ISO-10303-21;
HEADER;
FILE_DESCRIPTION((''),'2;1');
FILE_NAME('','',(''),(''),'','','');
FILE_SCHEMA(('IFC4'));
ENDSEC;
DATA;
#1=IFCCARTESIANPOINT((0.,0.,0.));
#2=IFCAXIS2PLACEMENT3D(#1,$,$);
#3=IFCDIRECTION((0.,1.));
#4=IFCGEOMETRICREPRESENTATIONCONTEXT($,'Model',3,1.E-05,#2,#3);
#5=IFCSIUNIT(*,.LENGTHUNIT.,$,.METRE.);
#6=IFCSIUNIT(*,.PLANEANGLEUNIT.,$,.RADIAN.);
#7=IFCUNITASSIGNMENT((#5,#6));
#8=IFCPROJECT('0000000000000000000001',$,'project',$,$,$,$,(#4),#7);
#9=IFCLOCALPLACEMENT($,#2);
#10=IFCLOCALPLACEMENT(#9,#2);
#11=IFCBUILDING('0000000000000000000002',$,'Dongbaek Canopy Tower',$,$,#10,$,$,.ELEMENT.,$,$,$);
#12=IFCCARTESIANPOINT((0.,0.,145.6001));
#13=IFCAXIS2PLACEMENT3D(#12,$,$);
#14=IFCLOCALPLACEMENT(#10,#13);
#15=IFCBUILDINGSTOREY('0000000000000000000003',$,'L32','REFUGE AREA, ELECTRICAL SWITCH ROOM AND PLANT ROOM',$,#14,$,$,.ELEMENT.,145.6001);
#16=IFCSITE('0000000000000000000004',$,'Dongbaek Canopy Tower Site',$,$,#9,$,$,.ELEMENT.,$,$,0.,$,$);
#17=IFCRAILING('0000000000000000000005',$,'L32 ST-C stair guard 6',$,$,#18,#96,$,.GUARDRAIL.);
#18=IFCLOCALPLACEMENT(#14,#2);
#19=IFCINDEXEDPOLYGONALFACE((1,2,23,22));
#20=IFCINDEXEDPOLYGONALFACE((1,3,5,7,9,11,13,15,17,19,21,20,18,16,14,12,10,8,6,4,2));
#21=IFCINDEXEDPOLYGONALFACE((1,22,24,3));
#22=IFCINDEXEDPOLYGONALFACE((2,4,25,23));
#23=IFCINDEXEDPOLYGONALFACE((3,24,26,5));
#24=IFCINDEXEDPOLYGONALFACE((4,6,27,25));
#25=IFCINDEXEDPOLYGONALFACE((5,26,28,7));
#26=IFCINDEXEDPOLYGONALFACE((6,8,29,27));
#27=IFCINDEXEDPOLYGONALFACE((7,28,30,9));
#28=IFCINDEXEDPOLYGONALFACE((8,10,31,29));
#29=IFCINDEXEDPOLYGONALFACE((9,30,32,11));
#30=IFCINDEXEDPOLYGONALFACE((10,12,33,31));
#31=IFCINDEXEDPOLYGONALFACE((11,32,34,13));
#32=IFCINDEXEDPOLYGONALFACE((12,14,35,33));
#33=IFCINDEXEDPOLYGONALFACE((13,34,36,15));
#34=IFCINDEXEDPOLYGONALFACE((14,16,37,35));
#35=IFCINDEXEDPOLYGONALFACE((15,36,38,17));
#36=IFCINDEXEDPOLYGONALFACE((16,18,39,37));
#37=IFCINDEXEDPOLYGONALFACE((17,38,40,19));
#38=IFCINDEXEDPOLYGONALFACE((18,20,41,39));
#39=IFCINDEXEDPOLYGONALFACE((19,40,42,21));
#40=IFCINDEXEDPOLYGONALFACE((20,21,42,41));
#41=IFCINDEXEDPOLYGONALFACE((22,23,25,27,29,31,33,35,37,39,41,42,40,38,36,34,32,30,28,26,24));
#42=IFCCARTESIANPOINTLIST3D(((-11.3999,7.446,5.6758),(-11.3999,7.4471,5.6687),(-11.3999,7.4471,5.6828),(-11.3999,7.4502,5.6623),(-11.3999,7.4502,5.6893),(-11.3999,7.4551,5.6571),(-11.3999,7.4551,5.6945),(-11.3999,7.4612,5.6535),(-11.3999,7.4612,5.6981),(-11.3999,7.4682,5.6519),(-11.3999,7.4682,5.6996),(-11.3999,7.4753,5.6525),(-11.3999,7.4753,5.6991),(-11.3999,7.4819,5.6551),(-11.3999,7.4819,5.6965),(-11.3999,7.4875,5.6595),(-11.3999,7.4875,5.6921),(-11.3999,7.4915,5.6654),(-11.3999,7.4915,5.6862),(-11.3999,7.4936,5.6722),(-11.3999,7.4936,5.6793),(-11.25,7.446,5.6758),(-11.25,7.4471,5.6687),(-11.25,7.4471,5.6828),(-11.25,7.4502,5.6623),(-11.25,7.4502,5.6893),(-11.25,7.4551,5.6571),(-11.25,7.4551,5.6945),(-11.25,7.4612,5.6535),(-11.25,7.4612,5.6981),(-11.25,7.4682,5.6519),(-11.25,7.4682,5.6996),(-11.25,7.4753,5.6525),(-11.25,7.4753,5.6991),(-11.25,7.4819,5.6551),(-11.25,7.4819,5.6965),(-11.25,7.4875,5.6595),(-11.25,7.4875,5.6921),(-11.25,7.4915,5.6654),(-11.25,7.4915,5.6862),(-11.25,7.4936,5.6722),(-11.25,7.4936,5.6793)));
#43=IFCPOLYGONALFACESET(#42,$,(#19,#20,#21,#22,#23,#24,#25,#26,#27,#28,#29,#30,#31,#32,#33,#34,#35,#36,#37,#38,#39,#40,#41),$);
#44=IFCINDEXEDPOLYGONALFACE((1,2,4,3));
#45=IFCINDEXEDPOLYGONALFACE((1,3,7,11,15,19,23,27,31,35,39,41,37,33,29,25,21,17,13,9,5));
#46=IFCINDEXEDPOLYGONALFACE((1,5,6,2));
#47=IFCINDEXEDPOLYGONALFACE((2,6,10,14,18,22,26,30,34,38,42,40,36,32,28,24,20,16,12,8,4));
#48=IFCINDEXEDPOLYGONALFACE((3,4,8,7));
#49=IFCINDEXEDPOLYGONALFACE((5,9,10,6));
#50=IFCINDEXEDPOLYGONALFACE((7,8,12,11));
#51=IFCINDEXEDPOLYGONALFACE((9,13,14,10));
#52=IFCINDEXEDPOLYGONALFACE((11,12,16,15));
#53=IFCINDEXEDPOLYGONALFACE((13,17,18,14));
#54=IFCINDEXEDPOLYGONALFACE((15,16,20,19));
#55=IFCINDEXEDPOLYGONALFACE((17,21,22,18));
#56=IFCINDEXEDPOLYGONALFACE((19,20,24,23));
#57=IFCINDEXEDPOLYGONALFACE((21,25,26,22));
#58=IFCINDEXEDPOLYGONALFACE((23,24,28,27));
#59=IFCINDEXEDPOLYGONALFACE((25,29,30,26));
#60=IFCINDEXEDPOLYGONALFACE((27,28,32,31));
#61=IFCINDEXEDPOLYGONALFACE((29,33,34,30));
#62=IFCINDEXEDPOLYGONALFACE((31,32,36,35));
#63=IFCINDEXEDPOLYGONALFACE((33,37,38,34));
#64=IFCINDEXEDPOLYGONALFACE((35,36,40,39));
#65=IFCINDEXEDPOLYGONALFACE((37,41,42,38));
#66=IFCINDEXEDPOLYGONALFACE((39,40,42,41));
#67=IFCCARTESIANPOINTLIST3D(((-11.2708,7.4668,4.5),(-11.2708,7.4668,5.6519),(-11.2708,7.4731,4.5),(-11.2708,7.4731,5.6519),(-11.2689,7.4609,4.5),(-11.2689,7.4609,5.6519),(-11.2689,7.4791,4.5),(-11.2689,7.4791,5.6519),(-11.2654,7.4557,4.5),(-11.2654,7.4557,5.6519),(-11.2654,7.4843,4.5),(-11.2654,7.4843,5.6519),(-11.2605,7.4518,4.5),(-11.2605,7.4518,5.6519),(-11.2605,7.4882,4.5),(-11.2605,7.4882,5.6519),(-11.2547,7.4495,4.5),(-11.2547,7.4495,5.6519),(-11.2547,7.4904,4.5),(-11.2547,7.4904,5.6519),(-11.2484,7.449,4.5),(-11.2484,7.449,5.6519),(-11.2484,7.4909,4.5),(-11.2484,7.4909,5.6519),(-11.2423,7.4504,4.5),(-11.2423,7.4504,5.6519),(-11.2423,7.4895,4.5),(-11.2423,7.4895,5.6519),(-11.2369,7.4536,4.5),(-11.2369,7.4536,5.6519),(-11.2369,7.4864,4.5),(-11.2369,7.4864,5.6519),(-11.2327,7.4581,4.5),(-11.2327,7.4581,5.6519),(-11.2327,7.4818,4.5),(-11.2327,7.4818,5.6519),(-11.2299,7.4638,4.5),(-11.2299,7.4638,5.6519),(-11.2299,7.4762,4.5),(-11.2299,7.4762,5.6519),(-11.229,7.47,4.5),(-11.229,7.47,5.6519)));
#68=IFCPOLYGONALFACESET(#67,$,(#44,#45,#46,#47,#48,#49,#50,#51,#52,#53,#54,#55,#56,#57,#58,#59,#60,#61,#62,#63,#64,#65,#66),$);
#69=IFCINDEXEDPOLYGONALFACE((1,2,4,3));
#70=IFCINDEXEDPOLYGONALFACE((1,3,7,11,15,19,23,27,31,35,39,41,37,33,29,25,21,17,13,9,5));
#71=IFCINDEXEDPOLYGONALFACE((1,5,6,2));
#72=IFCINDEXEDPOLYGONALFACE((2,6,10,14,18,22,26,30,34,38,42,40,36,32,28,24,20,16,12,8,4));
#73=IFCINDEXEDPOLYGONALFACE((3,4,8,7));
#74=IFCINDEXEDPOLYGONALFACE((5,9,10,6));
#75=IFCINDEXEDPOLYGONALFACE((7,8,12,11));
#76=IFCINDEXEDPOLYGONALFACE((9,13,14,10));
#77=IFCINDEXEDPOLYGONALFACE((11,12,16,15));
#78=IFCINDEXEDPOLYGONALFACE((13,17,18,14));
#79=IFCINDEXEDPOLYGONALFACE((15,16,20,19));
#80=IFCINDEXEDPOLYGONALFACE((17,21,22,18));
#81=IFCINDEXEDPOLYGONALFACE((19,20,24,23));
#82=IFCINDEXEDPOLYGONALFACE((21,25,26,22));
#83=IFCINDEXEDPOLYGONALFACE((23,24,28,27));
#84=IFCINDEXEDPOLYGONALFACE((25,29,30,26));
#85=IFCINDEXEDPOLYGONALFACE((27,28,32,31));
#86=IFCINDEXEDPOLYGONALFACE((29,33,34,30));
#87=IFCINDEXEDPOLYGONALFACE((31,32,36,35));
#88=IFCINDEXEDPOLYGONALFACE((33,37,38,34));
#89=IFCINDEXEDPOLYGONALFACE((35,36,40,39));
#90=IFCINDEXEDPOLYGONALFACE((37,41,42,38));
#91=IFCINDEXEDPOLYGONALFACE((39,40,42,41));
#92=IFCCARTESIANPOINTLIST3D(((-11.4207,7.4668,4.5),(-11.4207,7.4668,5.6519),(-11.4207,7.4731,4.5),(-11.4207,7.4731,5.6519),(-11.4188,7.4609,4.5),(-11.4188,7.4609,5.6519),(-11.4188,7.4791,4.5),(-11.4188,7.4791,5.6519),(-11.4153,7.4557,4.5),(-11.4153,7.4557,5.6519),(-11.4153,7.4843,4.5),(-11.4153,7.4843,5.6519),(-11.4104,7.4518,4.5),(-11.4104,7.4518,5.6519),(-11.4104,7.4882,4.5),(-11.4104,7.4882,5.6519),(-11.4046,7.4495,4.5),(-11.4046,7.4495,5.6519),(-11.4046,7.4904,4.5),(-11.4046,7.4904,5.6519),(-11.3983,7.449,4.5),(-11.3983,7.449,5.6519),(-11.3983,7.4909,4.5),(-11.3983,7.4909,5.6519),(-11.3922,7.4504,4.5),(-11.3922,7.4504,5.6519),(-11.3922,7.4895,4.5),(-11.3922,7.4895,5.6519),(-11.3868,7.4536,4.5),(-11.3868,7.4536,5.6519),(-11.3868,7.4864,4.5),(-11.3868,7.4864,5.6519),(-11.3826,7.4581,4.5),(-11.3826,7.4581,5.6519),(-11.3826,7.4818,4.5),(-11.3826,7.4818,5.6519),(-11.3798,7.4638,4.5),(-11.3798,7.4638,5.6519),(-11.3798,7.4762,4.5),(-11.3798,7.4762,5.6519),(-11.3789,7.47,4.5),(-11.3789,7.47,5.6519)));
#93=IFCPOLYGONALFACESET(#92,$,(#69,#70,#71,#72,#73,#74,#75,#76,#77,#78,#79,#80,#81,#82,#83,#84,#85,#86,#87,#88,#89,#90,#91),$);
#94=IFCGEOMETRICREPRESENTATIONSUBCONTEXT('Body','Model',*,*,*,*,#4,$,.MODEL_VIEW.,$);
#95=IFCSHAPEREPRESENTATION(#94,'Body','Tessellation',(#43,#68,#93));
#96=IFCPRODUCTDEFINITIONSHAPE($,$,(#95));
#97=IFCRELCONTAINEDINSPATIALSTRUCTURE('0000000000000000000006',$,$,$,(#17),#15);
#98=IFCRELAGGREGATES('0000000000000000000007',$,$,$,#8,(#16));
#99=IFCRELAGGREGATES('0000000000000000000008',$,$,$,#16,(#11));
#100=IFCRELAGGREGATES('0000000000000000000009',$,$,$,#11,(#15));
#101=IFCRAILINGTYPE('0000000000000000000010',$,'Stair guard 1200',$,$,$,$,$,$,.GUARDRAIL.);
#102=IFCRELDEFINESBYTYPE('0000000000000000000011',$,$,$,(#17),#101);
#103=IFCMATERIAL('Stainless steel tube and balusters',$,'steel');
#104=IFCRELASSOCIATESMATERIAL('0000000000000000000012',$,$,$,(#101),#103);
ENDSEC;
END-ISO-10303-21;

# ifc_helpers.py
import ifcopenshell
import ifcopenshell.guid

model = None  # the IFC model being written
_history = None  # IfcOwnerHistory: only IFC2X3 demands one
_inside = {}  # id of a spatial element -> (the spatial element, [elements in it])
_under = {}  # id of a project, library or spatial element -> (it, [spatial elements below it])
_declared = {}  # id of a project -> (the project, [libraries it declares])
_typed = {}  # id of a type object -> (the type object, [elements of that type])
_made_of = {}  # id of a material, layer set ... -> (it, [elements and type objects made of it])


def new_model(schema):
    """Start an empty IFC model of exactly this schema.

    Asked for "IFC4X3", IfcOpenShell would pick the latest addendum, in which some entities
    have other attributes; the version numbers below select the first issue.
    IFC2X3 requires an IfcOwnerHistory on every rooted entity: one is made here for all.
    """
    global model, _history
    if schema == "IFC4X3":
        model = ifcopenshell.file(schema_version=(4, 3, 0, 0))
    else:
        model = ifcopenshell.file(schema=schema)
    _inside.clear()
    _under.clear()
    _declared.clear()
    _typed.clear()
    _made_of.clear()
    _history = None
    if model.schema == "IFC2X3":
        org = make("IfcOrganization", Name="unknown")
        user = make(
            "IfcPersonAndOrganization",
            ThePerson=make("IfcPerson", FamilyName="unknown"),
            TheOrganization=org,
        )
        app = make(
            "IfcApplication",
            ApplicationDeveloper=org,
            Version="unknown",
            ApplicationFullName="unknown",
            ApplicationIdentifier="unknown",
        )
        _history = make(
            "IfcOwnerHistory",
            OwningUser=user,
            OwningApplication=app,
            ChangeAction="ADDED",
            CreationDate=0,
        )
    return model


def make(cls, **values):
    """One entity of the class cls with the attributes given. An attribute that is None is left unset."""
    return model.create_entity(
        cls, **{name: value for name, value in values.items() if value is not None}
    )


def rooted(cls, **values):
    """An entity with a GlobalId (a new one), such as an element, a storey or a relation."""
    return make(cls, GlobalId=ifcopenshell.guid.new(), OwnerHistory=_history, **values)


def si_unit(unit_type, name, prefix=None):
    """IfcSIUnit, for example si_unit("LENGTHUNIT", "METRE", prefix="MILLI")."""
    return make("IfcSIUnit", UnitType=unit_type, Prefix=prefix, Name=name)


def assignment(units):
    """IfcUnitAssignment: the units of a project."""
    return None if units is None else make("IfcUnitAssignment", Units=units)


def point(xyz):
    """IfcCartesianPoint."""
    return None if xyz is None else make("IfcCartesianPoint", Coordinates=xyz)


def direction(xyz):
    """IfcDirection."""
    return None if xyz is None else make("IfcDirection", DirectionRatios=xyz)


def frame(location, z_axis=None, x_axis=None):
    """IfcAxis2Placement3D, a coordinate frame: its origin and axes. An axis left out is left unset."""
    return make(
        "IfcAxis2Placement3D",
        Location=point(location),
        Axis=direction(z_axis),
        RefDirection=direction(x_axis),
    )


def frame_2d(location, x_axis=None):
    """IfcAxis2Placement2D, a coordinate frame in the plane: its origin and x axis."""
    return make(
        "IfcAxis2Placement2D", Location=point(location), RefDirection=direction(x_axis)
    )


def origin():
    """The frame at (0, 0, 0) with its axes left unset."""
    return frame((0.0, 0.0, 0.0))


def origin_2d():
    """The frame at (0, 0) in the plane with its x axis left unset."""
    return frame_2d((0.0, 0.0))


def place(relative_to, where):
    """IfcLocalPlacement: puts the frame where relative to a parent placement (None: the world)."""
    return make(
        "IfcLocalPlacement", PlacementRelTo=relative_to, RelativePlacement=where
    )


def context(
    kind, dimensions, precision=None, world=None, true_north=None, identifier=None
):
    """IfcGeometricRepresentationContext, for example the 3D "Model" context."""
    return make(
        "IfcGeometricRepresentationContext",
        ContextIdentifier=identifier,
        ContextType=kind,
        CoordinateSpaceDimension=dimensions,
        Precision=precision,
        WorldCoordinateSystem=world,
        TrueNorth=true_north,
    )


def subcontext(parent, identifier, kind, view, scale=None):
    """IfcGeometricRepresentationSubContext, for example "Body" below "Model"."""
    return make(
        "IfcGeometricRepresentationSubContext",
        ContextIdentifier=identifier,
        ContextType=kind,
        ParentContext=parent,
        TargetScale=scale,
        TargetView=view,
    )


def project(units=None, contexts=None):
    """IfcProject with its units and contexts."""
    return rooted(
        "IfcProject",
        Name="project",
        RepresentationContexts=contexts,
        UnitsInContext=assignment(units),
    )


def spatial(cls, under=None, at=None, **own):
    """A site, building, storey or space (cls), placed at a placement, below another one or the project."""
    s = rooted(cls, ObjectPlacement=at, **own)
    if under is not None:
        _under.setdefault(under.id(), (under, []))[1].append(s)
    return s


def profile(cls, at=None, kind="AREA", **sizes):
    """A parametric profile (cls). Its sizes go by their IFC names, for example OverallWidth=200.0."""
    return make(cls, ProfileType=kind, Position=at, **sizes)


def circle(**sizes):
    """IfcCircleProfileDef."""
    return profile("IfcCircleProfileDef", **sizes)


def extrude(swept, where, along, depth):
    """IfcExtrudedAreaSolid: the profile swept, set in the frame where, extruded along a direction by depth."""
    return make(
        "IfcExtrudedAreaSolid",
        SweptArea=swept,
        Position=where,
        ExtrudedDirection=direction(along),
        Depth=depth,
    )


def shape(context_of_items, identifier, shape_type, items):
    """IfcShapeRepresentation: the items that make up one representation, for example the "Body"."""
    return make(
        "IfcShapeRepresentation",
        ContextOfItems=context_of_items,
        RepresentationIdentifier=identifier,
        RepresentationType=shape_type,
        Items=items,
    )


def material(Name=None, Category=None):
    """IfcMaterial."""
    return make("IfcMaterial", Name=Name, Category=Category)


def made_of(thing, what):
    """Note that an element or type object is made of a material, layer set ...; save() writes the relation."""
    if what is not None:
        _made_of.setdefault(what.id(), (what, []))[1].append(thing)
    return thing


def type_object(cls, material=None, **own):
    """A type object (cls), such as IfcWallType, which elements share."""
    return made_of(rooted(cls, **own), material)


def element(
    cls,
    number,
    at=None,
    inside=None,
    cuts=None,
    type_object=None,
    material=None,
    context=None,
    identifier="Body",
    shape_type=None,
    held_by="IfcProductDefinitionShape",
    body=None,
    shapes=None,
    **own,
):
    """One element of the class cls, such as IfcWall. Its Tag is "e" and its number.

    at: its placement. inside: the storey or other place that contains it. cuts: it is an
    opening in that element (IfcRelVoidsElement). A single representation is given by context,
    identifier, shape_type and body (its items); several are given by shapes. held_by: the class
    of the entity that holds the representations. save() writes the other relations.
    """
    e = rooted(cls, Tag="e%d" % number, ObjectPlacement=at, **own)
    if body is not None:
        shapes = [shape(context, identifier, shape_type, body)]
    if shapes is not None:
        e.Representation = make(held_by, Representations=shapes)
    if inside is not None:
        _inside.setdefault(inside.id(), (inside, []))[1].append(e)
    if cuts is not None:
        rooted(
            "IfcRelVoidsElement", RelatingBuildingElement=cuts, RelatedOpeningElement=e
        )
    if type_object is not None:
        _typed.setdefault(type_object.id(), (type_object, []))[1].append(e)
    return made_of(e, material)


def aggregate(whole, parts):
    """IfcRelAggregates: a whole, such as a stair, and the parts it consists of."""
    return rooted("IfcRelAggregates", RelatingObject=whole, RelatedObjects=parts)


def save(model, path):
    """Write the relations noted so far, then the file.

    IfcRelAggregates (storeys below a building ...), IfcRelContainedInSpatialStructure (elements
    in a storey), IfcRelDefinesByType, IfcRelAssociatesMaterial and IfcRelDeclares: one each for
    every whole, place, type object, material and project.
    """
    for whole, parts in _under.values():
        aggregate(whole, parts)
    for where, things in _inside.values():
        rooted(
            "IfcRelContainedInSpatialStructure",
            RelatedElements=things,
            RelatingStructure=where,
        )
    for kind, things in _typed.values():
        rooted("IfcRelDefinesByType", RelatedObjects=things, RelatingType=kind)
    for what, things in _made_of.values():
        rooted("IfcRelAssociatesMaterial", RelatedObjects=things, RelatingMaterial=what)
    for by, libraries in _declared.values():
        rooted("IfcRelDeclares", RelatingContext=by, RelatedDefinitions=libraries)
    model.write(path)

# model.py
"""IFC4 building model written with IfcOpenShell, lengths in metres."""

from ifc_helpers import new_model, si_unit, direction, frame, origin, origin_2d, place, context, subcontext, project, spatial, circle, extrude, material, type_object, element, save


model = new_model("IFC4")

# Units and contexts
model_context = context("Model", 3, precision=1e-05, world=origin(), true_north=direction((0.0, 1.0)))
body_context = subcontext(model_context, "Body", "Model", "MODEL_VIEW")
ifc_project = project(units=[si_unit("LENGTHUNIT", "METRE"), si_unit("PLANEANGLEUNIT", "RADIAN")], contexts=[model_context])

# Site, building, storey
site_placement = place(None, origin())
site = spatial("IfcSite", under=ifc_project, at=site_placement, Name="Dongbaek Canopy Tower Site", CompositionType="ELEMENT", RefElevation=0.0)
building_placement = place(site_placement, origin())
building = spatial("IfcBuilding", under=site, at=building_placement, Name="Dongbaek Canopy Tower", CompositionType="ELEMENT")
storey_placement = place(building_placement, frame((0.0, 0.0, 145.6001)))
storey = spatial("IfcBuildingStorey", under=building, at=storey_placement, Name="L32", Description="REFUGE AREA, ELECTRICAL SWITCH ROOM AND PLANT ROOM", CompositionType="ELEMENT", Elevation=145.6001)

# Railing
ifc_material_1 = material(Name="Stainless steel tube and balusters", Category="steel")
railing_type_1 = type_object("IfcRailingType", Name="Stair guard 1200", PredefinedType="GUARDRAIL", material=ifc_material_1)
railing_1_placement = place(storey_placement, frame((-11.25, 7.47, 4.5)))
element("IfcRailing", 1, at=railing_1_placement, inside=storey, type_object=railing_type_1, Name="L32 ST-C stair guard 6", PredefinedType="GUARDRAIL", context=body_context, shape_type="SweptSolid", body=[
    extrude(circle(Radius=0.0239, at=origin_2d()), frame((0.0, 0.0, 1.1758), z_axis=(-1.0, 0.0, 0.0), x_axis=(0.0, -1.0, 0.0)), (0.0, 0.0, 1.0), 0.1499),
    extrude(circle(Radius=0.021, at=origin_2d()), origin(), (0.0, 0.0, 1.0), 1.1519),
    extrude(circle(Radius=0.021, at=origin_2d()), frame((-0.1499, 0.0, 0.0)), (0.0, 0.0, 1.0), 1.1519),
])

save(model, "model.ifc")
